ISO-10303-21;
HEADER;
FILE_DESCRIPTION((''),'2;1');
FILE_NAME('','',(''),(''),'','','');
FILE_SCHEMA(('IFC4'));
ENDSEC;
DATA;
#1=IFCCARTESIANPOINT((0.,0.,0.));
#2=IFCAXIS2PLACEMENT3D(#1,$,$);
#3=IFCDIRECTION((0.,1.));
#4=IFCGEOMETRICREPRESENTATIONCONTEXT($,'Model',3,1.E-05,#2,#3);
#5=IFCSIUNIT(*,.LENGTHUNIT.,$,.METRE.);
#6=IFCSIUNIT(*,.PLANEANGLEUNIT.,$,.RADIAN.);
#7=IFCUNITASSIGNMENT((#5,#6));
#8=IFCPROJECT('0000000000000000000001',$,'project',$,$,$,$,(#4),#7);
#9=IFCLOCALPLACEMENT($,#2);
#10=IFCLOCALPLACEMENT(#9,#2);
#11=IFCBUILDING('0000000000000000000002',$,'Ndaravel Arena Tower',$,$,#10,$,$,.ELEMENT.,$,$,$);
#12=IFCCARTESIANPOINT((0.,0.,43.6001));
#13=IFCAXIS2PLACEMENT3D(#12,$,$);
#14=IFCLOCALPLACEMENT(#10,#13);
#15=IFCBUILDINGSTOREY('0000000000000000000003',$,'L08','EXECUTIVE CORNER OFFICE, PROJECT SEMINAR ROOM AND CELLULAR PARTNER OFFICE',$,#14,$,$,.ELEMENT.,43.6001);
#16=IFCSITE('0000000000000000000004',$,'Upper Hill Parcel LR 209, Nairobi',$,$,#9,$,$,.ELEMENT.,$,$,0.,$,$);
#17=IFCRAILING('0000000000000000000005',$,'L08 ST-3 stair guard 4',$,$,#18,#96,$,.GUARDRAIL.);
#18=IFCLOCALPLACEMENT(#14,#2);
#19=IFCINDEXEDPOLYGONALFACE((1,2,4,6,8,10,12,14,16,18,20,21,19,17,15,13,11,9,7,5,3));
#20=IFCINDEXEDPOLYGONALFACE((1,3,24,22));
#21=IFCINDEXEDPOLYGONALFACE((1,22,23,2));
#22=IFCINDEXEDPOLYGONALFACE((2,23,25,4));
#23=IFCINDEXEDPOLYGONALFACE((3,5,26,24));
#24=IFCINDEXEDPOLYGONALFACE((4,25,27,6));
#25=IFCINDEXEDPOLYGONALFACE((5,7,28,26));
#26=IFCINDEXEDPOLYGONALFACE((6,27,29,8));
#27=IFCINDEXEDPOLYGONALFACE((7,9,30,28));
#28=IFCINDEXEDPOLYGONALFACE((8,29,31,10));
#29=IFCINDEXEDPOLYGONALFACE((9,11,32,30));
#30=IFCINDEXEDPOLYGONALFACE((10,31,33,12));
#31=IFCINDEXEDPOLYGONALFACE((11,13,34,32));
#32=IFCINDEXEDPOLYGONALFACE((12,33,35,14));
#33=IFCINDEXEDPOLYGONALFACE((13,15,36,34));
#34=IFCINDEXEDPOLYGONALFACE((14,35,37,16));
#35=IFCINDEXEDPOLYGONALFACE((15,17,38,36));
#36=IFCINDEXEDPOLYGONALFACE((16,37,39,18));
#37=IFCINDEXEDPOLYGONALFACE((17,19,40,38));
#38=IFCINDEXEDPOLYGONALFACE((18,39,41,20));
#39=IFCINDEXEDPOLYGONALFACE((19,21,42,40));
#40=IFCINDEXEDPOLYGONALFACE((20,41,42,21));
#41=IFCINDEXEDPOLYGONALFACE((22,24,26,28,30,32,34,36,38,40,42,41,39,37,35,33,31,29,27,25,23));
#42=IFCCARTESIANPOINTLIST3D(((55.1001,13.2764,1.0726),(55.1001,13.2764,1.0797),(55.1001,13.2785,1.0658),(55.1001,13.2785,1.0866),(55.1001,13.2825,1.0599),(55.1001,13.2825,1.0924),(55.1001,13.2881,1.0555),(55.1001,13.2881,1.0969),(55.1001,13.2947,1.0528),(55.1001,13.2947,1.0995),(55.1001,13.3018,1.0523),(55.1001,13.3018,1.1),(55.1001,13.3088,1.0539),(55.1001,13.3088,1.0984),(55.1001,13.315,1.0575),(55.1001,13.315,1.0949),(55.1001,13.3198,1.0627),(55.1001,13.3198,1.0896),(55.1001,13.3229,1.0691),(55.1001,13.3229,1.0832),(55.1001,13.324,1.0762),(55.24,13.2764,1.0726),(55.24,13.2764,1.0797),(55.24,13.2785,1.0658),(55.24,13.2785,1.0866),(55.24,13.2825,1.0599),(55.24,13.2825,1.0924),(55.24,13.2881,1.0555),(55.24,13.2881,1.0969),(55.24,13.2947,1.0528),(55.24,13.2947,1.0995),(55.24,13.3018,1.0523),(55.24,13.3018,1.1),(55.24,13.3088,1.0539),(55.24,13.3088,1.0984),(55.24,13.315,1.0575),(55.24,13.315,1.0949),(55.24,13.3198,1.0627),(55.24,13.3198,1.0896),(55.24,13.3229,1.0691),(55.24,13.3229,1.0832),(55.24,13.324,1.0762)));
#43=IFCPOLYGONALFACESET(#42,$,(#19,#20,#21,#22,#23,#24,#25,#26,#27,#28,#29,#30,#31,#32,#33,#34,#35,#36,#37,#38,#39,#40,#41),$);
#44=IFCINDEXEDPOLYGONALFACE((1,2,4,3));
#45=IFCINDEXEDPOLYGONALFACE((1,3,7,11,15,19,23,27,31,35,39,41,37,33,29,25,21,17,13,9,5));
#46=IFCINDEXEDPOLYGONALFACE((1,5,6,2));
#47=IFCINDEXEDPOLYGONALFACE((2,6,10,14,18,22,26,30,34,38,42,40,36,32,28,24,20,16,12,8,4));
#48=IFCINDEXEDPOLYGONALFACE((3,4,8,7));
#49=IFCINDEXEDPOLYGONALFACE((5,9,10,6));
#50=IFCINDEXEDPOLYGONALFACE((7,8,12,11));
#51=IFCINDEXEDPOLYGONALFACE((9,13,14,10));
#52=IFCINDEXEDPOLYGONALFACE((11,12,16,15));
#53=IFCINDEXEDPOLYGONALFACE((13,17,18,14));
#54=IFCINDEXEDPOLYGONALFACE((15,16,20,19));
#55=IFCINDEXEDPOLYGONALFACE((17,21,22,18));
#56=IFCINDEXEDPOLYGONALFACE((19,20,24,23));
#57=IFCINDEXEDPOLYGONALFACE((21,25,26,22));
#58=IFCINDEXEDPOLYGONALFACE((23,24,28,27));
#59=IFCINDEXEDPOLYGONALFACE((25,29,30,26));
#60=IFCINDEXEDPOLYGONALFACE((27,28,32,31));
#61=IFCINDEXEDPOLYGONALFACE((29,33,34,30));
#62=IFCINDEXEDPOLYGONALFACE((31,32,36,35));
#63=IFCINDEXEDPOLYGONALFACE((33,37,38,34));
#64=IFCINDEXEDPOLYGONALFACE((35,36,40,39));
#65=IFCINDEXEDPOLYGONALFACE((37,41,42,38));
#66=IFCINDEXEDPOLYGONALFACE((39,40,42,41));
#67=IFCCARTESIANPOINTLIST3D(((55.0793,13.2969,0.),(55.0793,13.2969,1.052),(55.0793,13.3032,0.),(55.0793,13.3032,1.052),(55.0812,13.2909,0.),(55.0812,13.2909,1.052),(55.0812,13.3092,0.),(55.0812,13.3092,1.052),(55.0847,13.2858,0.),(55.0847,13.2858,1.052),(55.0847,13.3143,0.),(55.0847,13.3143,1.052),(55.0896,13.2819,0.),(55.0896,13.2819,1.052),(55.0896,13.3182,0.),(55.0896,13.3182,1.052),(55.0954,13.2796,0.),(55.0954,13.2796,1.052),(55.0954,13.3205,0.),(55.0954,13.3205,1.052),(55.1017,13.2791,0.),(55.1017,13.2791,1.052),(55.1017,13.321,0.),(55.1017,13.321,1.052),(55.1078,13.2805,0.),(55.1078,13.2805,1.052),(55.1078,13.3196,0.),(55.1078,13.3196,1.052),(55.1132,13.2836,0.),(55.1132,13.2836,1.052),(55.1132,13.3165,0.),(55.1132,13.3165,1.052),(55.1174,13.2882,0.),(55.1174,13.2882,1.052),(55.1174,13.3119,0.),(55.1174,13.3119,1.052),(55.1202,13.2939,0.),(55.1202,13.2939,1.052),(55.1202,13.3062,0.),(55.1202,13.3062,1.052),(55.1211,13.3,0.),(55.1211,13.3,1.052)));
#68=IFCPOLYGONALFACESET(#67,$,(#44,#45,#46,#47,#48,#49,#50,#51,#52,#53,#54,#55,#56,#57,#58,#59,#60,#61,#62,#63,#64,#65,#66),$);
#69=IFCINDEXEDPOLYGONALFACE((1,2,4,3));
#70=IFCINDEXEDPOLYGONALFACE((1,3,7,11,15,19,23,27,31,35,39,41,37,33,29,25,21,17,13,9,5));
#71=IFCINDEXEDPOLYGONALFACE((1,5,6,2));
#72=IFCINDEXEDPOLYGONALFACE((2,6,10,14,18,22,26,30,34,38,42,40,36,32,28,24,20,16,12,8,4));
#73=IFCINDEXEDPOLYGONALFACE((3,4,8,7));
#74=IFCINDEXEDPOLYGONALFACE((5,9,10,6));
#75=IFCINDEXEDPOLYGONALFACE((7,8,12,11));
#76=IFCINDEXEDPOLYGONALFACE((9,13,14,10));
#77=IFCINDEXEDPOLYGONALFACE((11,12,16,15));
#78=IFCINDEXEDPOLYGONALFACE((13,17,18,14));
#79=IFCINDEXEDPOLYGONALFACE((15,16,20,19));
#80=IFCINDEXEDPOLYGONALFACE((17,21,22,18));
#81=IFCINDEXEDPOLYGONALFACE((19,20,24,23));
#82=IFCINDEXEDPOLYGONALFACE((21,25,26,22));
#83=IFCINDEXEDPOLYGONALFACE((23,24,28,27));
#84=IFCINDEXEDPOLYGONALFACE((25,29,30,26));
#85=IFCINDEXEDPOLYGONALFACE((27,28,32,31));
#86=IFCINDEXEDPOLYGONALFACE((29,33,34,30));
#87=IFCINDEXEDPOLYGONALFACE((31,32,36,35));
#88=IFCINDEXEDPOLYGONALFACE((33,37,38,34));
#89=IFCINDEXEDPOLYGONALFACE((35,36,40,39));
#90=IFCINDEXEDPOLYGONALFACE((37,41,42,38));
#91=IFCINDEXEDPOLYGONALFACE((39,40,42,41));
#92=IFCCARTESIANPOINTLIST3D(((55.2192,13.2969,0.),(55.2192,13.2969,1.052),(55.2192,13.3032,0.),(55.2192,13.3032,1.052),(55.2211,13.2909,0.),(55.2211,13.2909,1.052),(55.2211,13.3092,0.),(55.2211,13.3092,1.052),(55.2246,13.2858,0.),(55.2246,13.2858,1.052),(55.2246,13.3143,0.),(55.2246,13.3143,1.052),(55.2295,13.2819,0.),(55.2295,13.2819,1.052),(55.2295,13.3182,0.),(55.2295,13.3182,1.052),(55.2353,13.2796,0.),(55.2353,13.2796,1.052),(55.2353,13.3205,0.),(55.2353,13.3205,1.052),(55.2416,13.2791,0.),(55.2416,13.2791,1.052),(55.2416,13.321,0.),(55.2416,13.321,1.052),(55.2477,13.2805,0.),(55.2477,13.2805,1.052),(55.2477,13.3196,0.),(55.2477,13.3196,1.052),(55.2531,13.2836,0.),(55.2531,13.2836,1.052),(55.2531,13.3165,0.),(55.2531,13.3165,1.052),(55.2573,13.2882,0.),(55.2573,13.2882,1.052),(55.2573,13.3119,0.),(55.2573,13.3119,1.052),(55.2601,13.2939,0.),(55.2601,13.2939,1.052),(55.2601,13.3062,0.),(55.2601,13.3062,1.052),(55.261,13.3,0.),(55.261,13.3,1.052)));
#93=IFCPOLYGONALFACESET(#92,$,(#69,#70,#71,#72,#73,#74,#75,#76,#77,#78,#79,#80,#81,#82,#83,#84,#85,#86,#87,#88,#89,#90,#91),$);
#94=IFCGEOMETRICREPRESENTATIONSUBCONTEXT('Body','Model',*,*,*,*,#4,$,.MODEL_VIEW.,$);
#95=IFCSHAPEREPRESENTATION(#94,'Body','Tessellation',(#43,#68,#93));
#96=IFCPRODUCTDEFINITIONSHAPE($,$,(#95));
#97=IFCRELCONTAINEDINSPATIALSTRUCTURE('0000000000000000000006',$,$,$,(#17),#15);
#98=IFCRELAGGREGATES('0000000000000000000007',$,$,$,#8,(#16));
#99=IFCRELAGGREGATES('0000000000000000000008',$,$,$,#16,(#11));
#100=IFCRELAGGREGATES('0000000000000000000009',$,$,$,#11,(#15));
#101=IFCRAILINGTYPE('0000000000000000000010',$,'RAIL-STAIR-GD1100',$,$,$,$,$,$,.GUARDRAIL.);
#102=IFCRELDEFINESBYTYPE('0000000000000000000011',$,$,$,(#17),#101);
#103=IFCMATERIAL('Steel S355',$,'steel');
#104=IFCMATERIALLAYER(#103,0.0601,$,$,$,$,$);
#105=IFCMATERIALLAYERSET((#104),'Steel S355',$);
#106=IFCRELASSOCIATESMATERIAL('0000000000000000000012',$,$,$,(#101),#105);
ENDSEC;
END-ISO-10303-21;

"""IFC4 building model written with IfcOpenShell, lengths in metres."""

from ifc_helpers import new_model, si_unit, direction, frame, origin, origin_2d, place, context, subcontext, project, spatial, circle, extrude, material, layer, layer_set, type_object, element, save


model = new_model("IFC4")

# Units and contexts
model_context = context("Model", 3, precision=1e-05, world=origin(), true_north=direction((0.0, 1.0)))
body_context = subcontext(model_context, "Body", "Model", "MODEL_VIEW")
ifc_project = project(units=[si_unit("LENGTHUNIT", "METRE"), si_unit("PLANEANGLEUNIT", "RADIAN")], contexts=[model_context])

# Site, building, storey
site_placement = place(None, origin())
site = spatial("IfcSite", under=ifc_project, at=site_placement, Name="Upper Hill Parcel LR 209, Nairobi", CompositionType="ELEMENT", RefElevation=0.0)
building_placement = place(site_placement, origin())
building = spatial("IfcBuilding", under=site, at=building_placement, Name="Ndaravel Arena Tower", CompositionType="ELEMENT")
storey_placement = place(building_placement, frame((0.0, 0.0, 43.6001)))
storey = spatial("IfcBuildingStorey", under=building, at=storey_placement, Name="L08", Description="EXECUTIVE CORNER OFFICE, PROJECT SEMINAR ROOM AND CELLULAR PARTNER OFFICE", CompositionType="ELEMENT", Elevation=43.6001)

# Railing
ifc_material_1 = material(Name="Steel S355", Category="steel")
ifc_layer_1 = layer(ifc_material_1, 0.0601)
ifc_layer_set_1 = layer_set([ifc_layer_1], Name="Steel S355")
railing_type_1 = type_object("IfcRailingType", Name="RAIL-STAIR-GD1100", PredefinedType="GUARDRAIL", material=ifc_layer_set_1)
railing_1_placement = place(storey_placement, frame((55.1001, 13.3, 0.0)))
element("IfcRailing", 1, at=railing_1_placement, inside=storey, type_object=railing_type_1, Name="L08 ST-3 stair guard 4", PredefinedType="GUARDRAIL", context=body_context, shape_type="SweptSolid", body=[
    extrude(circle(Radius=0.0239, at=origin_2d()), frame((0.0, 0.0, 1.0762), z_axis=(1.0, 0.0, 0.0), x_axis=(0.0, 1.0, 0.0)), (0.0, 0.0, 1.0), 0.1399),
    extrude(circle(Radius=0.021, at=origin_2d()), origin(), (0.0, 0.0, 1.0), 1.052),
    extrude(circle(Radius=0.021, at=origin_2d()), frame((0.1399, 0.0, 0.0)), (0.0, 0.0, 1.0), 1.052),
])

save(model, "model.ifc")
